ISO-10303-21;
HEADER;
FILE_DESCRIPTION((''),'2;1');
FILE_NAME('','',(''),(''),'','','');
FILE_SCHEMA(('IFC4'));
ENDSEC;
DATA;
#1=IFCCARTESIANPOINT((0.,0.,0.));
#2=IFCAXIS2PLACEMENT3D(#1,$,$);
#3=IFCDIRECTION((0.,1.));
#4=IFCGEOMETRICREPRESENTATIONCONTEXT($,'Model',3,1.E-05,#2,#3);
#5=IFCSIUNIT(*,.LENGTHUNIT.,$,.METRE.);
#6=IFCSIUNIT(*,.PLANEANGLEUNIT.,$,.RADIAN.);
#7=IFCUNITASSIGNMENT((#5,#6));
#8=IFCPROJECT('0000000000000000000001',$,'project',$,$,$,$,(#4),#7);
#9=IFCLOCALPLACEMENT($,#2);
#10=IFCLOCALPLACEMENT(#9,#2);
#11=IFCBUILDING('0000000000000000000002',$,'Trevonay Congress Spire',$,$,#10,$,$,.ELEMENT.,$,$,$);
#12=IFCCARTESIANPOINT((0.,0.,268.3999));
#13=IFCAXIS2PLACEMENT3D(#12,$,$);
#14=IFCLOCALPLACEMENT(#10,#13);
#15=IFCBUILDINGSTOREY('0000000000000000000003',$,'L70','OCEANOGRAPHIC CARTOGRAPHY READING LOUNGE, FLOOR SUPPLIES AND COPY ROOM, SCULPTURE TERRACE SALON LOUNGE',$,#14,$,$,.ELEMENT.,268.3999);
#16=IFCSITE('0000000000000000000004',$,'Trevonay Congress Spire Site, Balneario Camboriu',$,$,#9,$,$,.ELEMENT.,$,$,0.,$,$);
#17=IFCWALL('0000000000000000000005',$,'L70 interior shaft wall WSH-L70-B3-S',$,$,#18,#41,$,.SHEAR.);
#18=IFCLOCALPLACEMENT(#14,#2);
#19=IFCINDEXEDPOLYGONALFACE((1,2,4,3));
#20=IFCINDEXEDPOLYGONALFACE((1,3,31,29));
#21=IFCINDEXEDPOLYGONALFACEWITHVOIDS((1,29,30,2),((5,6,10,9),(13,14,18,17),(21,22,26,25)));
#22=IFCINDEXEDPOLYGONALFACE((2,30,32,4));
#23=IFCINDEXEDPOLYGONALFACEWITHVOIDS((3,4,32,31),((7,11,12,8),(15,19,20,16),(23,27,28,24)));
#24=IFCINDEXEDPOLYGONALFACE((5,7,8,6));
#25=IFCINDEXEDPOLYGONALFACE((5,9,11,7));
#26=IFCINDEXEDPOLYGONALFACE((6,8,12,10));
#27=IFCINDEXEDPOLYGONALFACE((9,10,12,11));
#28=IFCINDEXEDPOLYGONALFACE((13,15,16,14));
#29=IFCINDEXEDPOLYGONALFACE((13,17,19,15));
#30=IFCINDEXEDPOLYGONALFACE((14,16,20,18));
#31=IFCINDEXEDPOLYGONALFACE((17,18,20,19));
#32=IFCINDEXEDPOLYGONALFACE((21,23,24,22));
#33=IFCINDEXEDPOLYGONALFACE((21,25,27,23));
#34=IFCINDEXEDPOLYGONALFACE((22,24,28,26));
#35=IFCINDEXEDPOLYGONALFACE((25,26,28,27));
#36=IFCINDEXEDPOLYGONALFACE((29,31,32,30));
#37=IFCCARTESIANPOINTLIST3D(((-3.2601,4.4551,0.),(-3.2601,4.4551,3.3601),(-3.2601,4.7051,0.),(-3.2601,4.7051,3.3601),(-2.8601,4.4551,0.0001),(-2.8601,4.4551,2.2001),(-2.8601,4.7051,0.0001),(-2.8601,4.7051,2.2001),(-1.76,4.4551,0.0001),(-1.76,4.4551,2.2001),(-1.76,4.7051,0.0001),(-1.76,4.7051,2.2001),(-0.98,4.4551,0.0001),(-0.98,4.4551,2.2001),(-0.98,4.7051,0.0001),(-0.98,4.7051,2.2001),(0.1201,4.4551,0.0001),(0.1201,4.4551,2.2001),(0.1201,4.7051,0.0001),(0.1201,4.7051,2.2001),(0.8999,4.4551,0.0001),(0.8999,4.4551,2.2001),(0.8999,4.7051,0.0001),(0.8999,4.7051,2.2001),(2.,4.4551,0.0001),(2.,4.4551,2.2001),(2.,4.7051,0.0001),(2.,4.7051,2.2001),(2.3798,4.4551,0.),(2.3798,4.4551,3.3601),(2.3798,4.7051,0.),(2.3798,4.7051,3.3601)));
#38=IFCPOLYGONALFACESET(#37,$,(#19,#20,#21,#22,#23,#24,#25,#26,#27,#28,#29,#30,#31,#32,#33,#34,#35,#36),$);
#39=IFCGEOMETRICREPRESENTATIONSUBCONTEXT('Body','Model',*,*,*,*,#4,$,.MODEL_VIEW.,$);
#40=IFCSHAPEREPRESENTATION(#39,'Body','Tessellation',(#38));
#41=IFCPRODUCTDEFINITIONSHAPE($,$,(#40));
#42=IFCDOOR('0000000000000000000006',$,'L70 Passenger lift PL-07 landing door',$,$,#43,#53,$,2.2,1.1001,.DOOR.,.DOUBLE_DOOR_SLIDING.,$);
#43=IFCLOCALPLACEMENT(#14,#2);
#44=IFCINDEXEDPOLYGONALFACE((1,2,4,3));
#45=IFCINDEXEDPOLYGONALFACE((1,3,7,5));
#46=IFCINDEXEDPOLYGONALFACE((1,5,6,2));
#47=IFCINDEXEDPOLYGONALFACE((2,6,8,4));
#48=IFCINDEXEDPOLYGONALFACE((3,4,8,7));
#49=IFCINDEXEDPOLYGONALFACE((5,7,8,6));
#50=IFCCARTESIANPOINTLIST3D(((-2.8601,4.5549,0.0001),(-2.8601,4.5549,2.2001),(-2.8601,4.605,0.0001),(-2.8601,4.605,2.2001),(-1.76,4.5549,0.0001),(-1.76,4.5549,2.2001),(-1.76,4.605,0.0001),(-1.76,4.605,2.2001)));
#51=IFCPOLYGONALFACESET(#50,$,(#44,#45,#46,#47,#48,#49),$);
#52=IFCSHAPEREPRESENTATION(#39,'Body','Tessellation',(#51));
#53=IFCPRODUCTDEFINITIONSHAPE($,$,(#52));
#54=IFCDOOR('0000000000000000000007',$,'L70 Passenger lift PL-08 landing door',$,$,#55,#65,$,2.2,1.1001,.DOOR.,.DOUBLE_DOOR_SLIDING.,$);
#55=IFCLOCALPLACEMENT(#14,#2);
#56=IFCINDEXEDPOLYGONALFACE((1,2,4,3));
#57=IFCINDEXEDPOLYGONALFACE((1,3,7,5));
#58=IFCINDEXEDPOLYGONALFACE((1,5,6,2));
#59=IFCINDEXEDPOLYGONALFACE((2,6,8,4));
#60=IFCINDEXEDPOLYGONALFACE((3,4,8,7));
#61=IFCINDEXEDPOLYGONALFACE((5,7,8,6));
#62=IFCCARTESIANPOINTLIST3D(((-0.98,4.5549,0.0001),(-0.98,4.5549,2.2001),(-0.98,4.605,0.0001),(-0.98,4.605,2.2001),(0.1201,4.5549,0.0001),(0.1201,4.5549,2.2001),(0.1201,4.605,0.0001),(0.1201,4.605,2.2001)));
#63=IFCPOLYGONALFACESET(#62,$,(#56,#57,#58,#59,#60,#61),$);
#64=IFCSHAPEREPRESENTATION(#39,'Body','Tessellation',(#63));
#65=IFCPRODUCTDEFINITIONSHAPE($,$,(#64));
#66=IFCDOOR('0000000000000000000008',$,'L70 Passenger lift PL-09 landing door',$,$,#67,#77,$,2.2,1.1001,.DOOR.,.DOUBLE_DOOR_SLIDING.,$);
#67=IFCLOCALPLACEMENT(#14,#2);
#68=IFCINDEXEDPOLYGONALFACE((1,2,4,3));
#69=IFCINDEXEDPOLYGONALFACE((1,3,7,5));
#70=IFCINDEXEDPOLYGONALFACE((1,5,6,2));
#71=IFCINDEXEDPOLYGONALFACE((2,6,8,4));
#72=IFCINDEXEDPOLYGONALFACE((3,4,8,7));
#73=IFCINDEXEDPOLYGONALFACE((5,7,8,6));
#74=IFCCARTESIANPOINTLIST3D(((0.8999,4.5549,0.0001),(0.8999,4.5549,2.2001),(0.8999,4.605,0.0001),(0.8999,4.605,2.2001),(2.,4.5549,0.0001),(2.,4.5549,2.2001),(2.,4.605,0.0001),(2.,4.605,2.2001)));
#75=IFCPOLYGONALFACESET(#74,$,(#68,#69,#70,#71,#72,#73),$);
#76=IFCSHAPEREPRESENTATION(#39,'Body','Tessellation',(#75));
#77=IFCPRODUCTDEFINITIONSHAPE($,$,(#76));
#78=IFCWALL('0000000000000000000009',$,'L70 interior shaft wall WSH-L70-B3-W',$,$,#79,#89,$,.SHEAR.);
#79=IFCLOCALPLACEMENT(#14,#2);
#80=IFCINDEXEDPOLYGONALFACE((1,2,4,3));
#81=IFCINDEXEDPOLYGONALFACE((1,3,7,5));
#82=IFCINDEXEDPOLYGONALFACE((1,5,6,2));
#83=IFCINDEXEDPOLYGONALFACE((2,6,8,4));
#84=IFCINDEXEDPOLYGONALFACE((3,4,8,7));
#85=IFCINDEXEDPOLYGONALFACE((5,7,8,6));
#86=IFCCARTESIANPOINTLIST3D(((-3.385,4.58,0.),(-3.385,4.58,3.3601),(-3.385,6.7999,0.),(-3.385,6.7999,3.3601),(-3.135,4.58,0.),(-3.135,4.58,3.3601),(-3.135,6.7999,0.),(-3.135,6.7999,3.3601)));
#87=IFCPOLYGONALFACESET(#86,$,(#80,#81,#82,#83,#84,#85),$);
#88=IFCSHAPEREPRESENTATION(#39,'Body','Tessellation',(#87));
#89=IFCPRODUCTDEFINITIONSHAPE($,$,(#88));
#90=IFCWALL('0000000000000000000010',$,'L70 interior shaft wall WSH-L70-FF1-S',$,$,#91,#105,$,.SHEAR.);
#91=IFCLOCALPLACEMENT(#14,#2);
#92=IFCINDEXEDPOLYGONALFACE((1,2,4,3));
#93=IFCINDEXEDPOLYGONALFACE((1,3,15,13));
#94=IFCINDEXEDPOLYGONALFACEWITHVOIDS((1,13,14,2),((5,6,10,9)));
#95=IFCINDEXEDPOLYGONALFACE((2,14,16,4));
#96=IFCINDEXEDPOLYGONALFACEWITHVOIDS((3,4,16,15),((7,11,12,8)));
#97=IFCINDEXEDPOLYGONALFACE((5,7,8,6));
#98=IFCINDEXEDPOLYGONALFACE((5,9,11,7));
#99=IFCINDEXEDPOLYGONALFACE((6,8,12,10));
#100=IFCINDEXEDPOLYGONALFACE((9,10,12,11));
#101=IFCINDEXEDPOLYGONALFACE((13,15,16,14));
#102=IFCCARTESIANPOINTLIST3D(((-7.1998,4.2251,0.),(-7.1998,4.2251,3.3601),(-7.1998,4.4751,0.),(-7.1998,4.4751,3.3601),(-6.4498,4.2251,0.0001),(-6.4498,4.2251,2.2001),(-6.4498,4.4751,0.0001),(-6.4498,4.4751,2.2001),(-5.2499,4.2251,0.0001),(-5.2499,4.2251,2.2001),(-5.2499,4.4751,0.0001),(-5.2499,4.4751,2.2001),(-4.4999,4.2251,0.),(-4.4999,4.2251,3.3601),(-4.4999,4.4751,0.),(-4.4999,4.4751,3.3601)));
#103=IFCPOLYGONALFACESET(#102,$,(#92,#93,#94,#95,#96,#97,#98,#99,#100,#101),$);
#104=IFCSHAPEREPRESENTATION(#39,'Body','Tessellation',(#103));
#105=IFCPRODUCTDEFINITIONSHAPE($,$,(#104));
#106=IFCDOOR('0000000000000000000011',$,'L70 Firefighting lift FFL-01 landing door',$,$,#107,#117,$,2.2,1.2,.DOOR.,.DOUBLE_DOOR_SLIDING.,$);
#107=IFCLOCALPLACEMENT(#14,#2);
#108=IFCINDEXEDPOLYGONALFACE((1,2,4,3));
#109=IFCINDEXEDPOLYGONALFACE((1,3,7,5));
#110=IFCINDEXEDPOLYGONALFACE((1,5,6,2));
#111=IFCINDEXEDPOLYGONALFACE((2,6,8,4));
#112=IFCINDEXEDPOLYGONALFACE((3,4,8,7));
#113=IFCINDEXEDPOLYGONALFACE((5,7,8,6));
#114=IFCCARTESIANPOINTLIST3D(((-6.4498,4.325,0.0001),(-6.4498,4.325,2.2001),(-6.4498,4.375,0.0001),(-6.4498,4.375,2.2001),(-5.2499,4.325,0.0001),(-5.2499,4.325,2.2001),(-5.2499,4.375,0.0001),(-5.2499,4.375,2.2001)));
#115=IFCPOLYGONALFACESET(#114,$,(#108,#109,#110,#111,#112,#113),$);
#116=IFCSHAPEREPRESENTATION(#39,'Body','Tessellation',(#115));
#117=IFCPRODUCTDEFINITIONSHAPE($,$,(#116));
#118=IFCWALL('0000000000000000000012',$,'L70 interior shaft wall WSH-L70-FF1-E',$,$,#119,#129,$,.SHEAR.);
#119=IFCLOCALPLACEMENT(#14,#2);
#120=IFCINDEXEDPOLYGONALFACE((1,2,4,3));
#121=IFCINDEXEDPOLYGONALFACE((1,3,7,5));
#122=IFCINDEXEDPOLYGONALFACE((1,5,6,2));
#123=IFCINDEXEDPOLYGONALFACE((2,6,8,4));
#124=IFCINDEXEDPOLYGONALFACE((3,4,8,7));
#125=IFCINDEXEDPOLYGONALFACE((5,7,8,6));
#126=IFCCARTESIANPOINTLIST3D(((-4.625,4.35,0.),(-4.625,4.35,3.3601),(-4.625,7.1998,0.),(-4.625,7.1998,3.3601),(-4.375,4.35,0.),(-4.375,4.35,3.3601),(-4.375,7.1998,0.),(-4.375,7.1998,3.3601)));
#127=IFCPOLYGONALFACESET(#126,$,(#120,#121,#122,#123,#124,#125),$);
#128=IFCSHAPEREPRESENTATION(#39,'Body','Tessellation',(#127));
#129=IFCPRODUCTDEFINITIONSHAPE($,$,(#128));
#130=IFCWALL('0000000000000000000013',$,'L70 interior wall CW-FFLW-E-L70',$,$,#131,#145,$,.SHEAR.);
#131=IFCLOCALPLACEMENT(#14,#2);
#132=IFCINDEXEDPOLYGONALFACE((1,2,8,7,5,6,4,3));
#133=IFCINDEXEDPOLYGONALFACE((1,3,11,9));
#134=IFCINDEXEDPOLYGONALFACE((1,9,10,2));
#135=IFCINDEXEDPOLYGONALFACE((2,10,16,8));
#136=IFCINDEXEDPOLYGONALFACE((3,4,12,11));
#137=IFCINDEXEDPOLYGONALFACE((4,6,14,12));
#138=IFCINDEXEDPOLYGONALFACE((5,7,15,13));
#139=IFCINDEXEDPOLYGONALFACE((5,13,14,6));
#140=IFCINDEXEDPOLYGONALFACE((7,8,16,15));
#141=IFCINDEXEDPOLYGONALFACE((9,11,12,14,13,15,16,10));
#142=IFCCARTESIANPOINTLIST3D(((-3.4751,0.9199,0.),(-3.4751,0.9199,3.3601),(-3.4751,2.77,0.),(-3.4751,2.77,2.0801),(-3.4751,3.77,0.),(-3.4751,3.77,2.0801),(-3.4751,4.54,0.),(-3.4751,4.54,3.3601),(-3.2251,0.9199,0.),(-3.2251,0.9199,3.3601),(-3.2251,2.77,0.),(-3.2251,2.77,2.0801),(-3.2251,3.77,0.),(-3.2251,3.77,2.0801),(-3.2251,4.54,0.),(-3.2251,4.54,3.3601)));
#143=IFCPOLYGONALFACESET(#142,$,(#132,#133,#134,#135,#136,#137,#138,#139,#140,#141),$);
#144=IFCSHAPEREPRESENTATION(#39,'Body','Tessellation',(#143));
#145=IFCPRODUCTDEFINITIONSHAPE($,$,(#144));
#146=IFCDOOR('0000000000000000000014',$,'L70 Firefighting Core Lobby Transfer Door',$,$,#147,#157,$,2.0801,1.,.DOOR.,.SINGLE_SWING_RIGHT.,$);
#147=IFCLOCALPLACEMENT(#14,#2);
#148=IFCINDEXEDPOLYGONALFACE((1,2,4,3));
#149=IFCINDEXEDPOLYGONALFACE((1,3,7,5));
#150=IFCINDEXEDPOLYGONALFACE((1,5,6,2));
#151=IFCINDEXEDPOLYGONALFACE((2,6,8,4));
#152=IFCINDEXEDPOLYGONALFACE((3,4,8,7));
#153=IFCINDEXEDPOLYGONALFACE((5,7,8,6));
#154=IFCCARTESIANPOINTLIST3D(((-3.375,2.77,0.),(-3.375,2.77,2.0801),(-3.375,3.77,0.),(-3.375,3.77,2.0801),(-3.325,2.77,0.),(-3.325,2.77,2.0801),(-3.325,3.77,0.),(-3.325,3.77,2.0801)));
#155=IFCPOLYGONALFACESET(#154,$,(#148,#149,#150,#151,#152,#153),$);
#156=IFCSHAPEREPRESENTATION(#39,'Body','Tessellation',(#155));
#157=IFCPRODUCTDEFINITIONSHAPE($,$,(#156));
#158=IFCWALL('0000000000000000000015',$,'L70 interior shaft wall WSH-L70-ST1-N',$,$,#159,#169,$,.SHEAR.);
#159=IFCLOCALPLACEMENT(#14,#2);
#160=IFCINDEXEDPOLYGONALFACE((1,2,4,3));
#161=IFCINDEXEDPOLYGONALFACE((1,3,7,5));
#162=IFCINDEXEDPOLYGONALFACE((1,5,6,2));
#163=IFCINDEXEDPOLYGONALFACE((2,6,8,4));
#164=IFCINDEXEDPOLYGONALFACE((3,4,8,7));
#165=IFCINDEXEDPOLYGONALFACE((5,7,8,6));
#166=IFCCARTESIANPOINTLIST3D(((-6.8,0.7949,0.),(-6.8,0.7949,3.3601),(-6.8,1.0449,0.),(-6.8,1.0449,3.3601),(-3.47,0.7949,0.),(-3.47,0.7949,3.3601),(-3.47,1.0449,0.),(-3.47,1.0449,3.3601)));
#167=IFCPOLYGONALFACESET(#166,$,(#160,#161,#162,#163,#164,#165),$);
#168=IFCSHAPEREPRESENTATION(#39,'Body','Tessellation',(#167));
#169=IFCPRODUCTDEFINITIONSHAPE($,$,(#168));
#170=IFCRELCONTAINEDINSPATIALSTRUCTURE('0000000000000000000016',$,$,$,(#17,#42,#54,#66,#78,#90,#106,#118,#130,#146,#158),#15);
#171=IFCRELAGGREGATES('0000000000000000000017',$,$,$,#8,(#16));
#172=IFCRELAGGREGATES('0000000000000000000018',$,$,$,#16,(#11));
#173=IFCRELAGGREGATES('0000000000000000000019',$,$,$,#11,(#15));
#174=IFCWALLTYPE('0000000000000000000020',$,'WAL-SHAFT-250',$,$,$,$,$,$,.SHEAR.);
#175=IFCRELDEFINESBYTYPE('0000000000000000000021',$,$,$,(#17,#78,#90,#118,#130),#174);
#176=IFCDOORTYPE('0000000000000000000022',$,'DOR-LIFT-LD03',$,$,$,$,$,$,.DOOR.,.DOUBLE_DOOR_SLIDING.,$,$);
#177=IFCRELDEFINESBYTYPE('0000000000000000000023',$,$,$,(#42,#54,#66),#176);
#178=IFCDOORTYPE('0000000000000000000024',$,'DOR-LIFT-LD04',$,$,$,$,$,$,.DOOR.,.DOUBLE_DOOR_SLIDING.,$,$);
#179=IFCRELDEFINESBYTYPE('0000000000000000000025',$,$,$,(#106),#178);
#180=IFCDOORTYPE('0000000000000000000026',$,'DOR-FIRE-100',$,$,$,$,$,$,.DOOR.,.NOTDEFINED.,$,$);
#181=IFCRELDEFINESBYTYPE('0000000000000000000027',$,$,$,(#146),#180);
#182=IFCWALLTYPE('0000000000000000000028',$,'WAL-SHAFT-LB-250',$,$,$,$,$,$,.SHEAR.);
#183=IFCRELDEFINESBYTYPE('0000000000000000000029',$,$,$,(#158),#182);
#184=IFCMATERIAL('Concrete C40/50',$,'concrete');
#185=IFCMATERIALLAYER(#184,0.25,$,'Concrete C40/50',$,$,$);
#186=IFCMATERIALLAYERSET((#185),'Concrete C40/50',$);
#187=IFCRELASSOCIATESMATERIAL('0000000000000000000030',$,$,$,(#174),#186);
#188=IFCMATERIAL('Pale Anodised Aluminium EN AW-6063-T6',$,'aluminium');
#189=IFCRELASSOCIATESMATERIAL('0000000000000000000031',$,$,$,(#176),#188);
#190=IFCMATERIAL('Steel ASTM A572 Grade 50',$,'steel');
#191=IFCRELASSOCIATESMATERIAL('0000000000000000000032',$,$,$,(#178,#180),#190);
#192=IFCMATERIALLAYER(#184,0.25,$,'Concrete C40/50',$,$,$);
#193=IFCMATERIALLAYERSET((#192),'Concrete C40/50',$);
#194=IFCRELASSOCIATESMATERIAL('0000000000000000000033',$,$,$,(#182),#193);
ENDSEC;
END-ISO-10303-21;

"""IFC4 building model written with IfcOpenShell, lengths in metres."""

from ifc_helpers import new_model, si_unit, direction, frame, frame_2d, origin, place, context, subcontext, project, spatial, rectangle, extrude, material, layer, layer_set, type_object, element, fill, save


model = new_model("IFC4")

# Units and contexts
model_context = context("Model", 3, precision=1e-05, world=origin(), true_north=direction((0.0, 1.0)))
body_context = subcontext(model_context, "Body", "Model", "MODEL_VIEW")
ifc_project = project(units=[si_unit("LENGTHUNIT", "METRE"), si_unit("PLANEANGLEUNIT", "RADIAN")], contexts=[model_context])

# Site, building, storey
site_placement = place(None, origin())
site = spatial("IfcSite", under=ifc_project, at=site_placement, Name="Trevonay Congress Spire Site, Balneario Camboriu", CompositionType="ELEMENT", RefElevation=0.0)
building_placement = place(site_placement, origin())
building = spatial("IfcBuilding", under=site, at=building_placement, Name="Trevonay Congress Spire", CompositionType="ELEMENT")
storey_placement = place(building_placement, frame((0.0, 0.0, 268.3999)))
storey = spatial("IfcBuildingStorey", under=building, at=storey_placement, Name="L70", Description="OCEANOGRAPHIC CARTOGRAPHY READING LOUNGE, FLOOR SUPPLIES AND COPY ROOM, SCULPTURE TERRACE SALON LOUNGE", CompositionType="ELEMENT", Elevation=268.3999)

# Shared definitions
ifc_material_1 = material(Name="Steel ASTM A572 Grade 50", Category="steel")

# Shared definitions
ifc_material_2 = material(Name="Concrete C40/50", Category="concrete")

# Wall, openings, doors
ifc_layer_1 = layer(ifc_material_2, 0.25, Name="Concrete C40/50")
ifc_layer_set_1 = layer_set([ifc_layer_1], Name="Concrete C40/50")
wall_type_1 = type_object("IfcWallType", Name="WAL-SHAFT-250", PredefinedType="SHEAR", material=ifc_layer_set_1)
wall_1_placement = place(storey_placement, frame((-3.26, 4.5801, 0.0), z_axis=(0.0, 0.0, 1.0), x_axis=(1.0, 0.0, 0.0)))
wall_1 = element("IfcWall", 1, at=wall_1_placement, inside=storey, type_object=wall_type_1, Name="L70 interior shaft wall WSH-L70-B3-S", PredefinedType="SHEAR", context=body_context, shape_type="SweptSolid", body=[
    extrude(rectangle(XDim=5.6399, YDim=0.25, at=frame_2d((2.8198, 0.0))), origin(), (0.0, 0.0, 1.0), 3.3601),
])
opening_1_placement = place(wall_1_placement, frame((0.3999, 0.0, 0.0)))
opening_1 = element("IfcOpeningElement", 2, at=opening_1_placement, cuts=wall_1, PredefinedType="OPENING", context=body_context, shape_type="SweptSolid", body=[
    extrude(rectangle(XDim=1.1001, YDim=2.2, at=frame_2d((0.55, 1.1001))), frame((0.0, 0.135, 0.0), z_axis=(0.0, -1.0, 0.0), x_axis=(1.0, 0.0, 0.0)), (0.0, 0.0, 1.0), 0.27),
])
opening_2_placement = place(wall_1_placement, frame((2.28, 0.0, 0.0)))
opening_2 = element("IfcOpeningElement", 3, at=opening_2_placement, cuts=wall_1, PredefinedType="OPENING", context=body_context, shape_type="SweptSolid", body=[
    extrude(rectangle(XDim=1.1001, YDim=2.2, at=frame_2d((0.55, 1.1001))), frame((0.0, 0.135, 0.0), z_axis=(0.0, -1.0, 0.0), x_axis=(1.0, 0.0, 0.0)), (0.0, 0.0, 1.0), 0.27),
])
opening_3_placement = place(wall_1_placement, frame((4.1599, 0.0, 0.0)))
opening_3 = element("IfcOpeningElement", 4, at=opening_3_placement, cuts=wall_1, PredefinedType="OPENING", context=body_context, shape_type="SweptSolid", body=[
    extrude(rectangle(XDim=1.1001, YDim=2.2, at=frame_2d((0.55, 1.1001))), frame((0.0, 0.135, 0.0), z_axis=(0.0, -1.0, 0.0), x_axis=(1.0, 0.0, 0.0)), (0.0, 0.0, 1.0), 0.27),
])
ifc_material_3 = material(Name="Pale Anodised Aluminium EN AW-6063-T6", Category="aluminium")
door_type_1 = type_object("IfcDoorType", Name="DOR-LIFT-LD03", OperationType="DOUBLE_DOOR_SLIDING", PredefinedType="DOOR", material=ifc_material_3)
door_1_placement = place(opening_1_placement, origin())
door_1 = element("IfcDoor", 5, at=door_1_placement, inside=storey, type_object=door_type_1, Name="L70 Passenger lift PL-07 landing door", OperationType="DOUBLE_DOOR_SLIDING", OverallHeight=2.2, OverallWidth=1.1001, PredefinedType="DOOR", context=body_context, shape_type="SweptSolid", body=[
    extrude(rectangle(XDim=1.1001, YDim=2.2, at=frame_2d((0.55, 1.1001))), frame((0.0, 0.0249, 0.0), z_axis=(0.0, -1.0, 0.0), x_axis=(1.0, 0.0, 0.0)), (0.0, 0.0, 1.0), 0.05),
])
fill(opening_1, door_1)
door_2_placement = place(opening_2_placement, origin())
door_2 = element("IfcDoor", 6, at=door_2_placement, inside=storey, type_object=door_type_1, Name="L70 Passenger lift PL-08 landing door", OperationType="DOUBLE_DOOR_SLIDING", OverallHeight=2.2, OverallWidth=1.1001, PredefinedType="DOOR", context=body_context, shape_type="SweptSolid", body=[
    extrude(rectangle(XDim=1.1001, YDim=2.2, at=frame_2d((0.55, 1.1001))), frame((0.0, 0.0249, 0.0), z_axis=(0.0, -1.0, 0.0), x_axis=(1.0, 0.0, 0.0)), (0.0, 0.0, 1.0), 0.05),
])
fill(opening_2, door_2)
door_3_placement = place(opening_3_placement, origin())
door_3 = element("IfcDoor", 7, at=door_3_placement, inside=storey, type_object=door_type_1, Name="L70 Passenger lift PL-09 landing door", OperationType="DOUBLE_DOOR_SLIDING", OverallHeight=2.2, OverallWidth=1.1001, PredefinedType="DOOR", context=body_context, shape_type="SweptSolid", body=[
    extrude(rectangle(XDim=1.1001, YDim=2.2, at=frame_2d((0.55, 1.1001))), frame((0.0, 0.0249, 0.0), z_axis=(0.0, -1.0, 0.0), x_axis=(1.0, 0.0, 0.0)), (0.0, 0.0, 1.0), 0.05),
])
fill(opening_3, door_3)

# Wall
wall_2_placement = place(storey_placement, frame((-3.26, 4.5801, 0.0), z_axis=(0.0, 0.0, 1.0), x_axis=(0.0, 1.0, 0.0)))
element("IfcWall", 8, at=wall_2_placement, inside=storey, type_object=wall_type_1, Name="L70 interior shaft wall WSH-L70-B3-W", PredefinedType="SHEAR", context=body_context, shape_type="SweptSolid", body=[
    extrude(rectangle(XDim=2.22, YDim=0.25, at=frame_2d((1.1099, 0.0))), origin(), (0.0, 0.0, 1.0), 3.3601),
])

# Wall, opening, door
wall_3_placement = place(storey_placement, frame((-7.2, 4.3501, 0.0), z_axis=(0.0, 0.0, 1.0), x_axis=(1.0, 0.0, 0.0)))
wall_3 = element("IfcWall", 9, at=wall_3_placement, inside=storey, type_object=wall_type_1, Name="L70 interior shaft wall WSH-L70-FF1-S", PredefinedType="SHEAR", context=body_context, shape_type="SweptSolid", body=[
    extrude(rectangle(XDim=2.7, YDim=0.25, at=frame_2d((1.3501, 0.0))), origin(), (0.0, 0.0, 1.0), 3.3601),
])
opening_4_placement = place(wall_3_placement, frame((0.75, 0.0, 0.0)))
opening_4 = element("IfcOpeningElement", 10, at=opening_4_placement, cuts=wall_3, PredefinedType="OPENING", context=body_context, shape_type="SweptSolid", body=[
    extrude(rectangle(XDim=1.2, YDim=2.2, at=frame_2d((0.6001, 1.1001))), frame((0.0, 0.135, 0.0), z_axis=(0.0, -1.0, 0.0), x_axis=(1.0, 0.0, 0.0)), (0.0, 0.0, 1.0), 0.27),
])
door_type_2 = type_object("IfcDoorType", Name="DOR-LIFT-LD04", OperationType="DOUBLE_DOOR_SLIDING", PredefinedType="DOOR", material=ifc_material_1)
door_4_placement = place(opening_4_placement, origin())
door_4 = element("IfcDoor", 11, at=door_4_placement, inside=storey, type_object=door_type_2, Name="L70 Firefighting lift FFL-01 landing door", OperationType="DOUBLE_DOOR_SLIDING", OverallHeight=2.2, OverallWidth=1.2, PredefinedType="DOOR", context=body_context, shape_type="SweptSolid", body=[
    extrude(rectangle(XDim=1.2, YDim=2.2, at=frame_2d((0.6001, 1.1001))), frame((0.0, 0.0249, 0.0), z_axis=(0.0, -1.0, 0.0), x_axis=(1.0, 0.0, 0.0)), (0.0, 0.0, 1.0), 0.05),
])
fill(opening_4, door_4)

# Wall
wall_4_placement = place(storey_placement, frame((-4.5, 4.3501, 0.0), z_axis=(0.0, 0.0, 1.0), x_axis=(0.0, 1.0, 0.0)))
element("IfcWall", 12, at=wall_4_placement, inside=storey, type_object=wall_type_1, Name="L70 interior shaft wall WSH-L70-FF1-E", PredefinedType="SHEAR", context=body_context, shape_type="SweptSolid", body=[
    extrude(rectangle(XDim=2.8499, YDim=0.25, at=frame_2d((1.4248, 0.0))), origin(), (0.0, 0.0, 1.0), 3.3601),
])

# Wall, opening, door
wall_5_placement = place(storey_placement, frame((-3.3501, 0.9199, 0.0), z_axis=(0.0, 0.0, 1.0), x_axis=(0.0, 1.0, 0.0)))
wall_5 = element("IfcWall", 13, at=wall_5_placement, inside=storey, type_object=wall_type_1, Name="L70 interior wall CW-FFLW-E-L70", PredefinedType="SHEAR", context=body_context, shape_type="SweptSolid", body=[
    extrude(rectangle(XDim=3.6201, YDim=0.25, at=frame_2d((1.8101, 0.0))), origin(), (0.0, 0.0, 1.0), 3.3601),
])
opening_5_placement = place(wall_5_placement, frame((1.8501, 0.0, 0.0)))
opening_5 = element("IfcOpeningElement", 14, at=opening_5_placement, cuts=wall_5, PredefinedType="OPENING", context=body_context, shape_type="SweptSolid", body=[
    extrude(rectangle(XDim=1.0, YDim=2.0801, at=frame_2d((0.5, 1.04))), frame((0.0, 0.135, 0.0), z_axis=(0.0, -1.0, 0.0), x_axis=(1.0, 0.0, 0.0)), (0.0, 0.0, 1.0), 0.27),
])
door_type_3 = type_object("IfcDoorType", Name="DOR-FIRE-100", OperationType="NOTDEFINED", PredefinedType="DOOR", material=ifc_material_1)
door_5_placement = place(opening_5_placement, origin())
door_5 = element("IfcDoor", 15, at=door_5_placement, inside=storey, type_object=door_type_3, Name="L70 Firefighting Core Lobby Transfer Door", OperationType="SINGLE_SWING_RIGHT", OverallHeight=2.0801, OverallWidth=1.0, PredefinedType="DOOR", context=body_context, shape_type="SweptSolid", body=[
    extrude(rectangle(XDim=1.0, YDim=2.0801, at=frame_2d((0.5, 1.04))), frame((0.0, 0.0249, 0.0), z_axis=(0.0, -1.0, 0.0), x_axis=(1.0, 0.0, 0.0)), (0.0, 0.0, 1.0), 0.05),
])
fill(opening_5, door_5)

# Wall
ifc_layer_2 = layer(ifc_material_2, 0.25, Name="Concrete C40/50")
ifc_layer_set_2 = layer_set([ifc_layer_2], Name="Concrete C40/50")
wall_type_2 = type_object("IfcWallType", Name="WAL-SHAFT-LB-250", PredefinedType="SHEAR", material=ifc_layer_set_2)
wall_6_placement = place(storey_placement, frame((-6.8, 0.9199, 0.0), z_axis=(0.0, 0.0, 1.0), x_axis=(1.0, 0.0, 0.0)))
element("IfcWall", 16, at=wall_6_placement, inside=storey, type_object=wall_type_2, Name="L70 interior shaft wall WSH-L70-ST1-N", PredefinedType="SHEAR", context=body_context, shape_type="SweptSolid", body=[
    extrude(rectangle(XDim=3.3301, YDim=0.25, at=frame_2d((1.665, 0.0))), origin(), (0.0, 0.0, 1.0), 3.3601),
])

save(model, "model.ifc")
